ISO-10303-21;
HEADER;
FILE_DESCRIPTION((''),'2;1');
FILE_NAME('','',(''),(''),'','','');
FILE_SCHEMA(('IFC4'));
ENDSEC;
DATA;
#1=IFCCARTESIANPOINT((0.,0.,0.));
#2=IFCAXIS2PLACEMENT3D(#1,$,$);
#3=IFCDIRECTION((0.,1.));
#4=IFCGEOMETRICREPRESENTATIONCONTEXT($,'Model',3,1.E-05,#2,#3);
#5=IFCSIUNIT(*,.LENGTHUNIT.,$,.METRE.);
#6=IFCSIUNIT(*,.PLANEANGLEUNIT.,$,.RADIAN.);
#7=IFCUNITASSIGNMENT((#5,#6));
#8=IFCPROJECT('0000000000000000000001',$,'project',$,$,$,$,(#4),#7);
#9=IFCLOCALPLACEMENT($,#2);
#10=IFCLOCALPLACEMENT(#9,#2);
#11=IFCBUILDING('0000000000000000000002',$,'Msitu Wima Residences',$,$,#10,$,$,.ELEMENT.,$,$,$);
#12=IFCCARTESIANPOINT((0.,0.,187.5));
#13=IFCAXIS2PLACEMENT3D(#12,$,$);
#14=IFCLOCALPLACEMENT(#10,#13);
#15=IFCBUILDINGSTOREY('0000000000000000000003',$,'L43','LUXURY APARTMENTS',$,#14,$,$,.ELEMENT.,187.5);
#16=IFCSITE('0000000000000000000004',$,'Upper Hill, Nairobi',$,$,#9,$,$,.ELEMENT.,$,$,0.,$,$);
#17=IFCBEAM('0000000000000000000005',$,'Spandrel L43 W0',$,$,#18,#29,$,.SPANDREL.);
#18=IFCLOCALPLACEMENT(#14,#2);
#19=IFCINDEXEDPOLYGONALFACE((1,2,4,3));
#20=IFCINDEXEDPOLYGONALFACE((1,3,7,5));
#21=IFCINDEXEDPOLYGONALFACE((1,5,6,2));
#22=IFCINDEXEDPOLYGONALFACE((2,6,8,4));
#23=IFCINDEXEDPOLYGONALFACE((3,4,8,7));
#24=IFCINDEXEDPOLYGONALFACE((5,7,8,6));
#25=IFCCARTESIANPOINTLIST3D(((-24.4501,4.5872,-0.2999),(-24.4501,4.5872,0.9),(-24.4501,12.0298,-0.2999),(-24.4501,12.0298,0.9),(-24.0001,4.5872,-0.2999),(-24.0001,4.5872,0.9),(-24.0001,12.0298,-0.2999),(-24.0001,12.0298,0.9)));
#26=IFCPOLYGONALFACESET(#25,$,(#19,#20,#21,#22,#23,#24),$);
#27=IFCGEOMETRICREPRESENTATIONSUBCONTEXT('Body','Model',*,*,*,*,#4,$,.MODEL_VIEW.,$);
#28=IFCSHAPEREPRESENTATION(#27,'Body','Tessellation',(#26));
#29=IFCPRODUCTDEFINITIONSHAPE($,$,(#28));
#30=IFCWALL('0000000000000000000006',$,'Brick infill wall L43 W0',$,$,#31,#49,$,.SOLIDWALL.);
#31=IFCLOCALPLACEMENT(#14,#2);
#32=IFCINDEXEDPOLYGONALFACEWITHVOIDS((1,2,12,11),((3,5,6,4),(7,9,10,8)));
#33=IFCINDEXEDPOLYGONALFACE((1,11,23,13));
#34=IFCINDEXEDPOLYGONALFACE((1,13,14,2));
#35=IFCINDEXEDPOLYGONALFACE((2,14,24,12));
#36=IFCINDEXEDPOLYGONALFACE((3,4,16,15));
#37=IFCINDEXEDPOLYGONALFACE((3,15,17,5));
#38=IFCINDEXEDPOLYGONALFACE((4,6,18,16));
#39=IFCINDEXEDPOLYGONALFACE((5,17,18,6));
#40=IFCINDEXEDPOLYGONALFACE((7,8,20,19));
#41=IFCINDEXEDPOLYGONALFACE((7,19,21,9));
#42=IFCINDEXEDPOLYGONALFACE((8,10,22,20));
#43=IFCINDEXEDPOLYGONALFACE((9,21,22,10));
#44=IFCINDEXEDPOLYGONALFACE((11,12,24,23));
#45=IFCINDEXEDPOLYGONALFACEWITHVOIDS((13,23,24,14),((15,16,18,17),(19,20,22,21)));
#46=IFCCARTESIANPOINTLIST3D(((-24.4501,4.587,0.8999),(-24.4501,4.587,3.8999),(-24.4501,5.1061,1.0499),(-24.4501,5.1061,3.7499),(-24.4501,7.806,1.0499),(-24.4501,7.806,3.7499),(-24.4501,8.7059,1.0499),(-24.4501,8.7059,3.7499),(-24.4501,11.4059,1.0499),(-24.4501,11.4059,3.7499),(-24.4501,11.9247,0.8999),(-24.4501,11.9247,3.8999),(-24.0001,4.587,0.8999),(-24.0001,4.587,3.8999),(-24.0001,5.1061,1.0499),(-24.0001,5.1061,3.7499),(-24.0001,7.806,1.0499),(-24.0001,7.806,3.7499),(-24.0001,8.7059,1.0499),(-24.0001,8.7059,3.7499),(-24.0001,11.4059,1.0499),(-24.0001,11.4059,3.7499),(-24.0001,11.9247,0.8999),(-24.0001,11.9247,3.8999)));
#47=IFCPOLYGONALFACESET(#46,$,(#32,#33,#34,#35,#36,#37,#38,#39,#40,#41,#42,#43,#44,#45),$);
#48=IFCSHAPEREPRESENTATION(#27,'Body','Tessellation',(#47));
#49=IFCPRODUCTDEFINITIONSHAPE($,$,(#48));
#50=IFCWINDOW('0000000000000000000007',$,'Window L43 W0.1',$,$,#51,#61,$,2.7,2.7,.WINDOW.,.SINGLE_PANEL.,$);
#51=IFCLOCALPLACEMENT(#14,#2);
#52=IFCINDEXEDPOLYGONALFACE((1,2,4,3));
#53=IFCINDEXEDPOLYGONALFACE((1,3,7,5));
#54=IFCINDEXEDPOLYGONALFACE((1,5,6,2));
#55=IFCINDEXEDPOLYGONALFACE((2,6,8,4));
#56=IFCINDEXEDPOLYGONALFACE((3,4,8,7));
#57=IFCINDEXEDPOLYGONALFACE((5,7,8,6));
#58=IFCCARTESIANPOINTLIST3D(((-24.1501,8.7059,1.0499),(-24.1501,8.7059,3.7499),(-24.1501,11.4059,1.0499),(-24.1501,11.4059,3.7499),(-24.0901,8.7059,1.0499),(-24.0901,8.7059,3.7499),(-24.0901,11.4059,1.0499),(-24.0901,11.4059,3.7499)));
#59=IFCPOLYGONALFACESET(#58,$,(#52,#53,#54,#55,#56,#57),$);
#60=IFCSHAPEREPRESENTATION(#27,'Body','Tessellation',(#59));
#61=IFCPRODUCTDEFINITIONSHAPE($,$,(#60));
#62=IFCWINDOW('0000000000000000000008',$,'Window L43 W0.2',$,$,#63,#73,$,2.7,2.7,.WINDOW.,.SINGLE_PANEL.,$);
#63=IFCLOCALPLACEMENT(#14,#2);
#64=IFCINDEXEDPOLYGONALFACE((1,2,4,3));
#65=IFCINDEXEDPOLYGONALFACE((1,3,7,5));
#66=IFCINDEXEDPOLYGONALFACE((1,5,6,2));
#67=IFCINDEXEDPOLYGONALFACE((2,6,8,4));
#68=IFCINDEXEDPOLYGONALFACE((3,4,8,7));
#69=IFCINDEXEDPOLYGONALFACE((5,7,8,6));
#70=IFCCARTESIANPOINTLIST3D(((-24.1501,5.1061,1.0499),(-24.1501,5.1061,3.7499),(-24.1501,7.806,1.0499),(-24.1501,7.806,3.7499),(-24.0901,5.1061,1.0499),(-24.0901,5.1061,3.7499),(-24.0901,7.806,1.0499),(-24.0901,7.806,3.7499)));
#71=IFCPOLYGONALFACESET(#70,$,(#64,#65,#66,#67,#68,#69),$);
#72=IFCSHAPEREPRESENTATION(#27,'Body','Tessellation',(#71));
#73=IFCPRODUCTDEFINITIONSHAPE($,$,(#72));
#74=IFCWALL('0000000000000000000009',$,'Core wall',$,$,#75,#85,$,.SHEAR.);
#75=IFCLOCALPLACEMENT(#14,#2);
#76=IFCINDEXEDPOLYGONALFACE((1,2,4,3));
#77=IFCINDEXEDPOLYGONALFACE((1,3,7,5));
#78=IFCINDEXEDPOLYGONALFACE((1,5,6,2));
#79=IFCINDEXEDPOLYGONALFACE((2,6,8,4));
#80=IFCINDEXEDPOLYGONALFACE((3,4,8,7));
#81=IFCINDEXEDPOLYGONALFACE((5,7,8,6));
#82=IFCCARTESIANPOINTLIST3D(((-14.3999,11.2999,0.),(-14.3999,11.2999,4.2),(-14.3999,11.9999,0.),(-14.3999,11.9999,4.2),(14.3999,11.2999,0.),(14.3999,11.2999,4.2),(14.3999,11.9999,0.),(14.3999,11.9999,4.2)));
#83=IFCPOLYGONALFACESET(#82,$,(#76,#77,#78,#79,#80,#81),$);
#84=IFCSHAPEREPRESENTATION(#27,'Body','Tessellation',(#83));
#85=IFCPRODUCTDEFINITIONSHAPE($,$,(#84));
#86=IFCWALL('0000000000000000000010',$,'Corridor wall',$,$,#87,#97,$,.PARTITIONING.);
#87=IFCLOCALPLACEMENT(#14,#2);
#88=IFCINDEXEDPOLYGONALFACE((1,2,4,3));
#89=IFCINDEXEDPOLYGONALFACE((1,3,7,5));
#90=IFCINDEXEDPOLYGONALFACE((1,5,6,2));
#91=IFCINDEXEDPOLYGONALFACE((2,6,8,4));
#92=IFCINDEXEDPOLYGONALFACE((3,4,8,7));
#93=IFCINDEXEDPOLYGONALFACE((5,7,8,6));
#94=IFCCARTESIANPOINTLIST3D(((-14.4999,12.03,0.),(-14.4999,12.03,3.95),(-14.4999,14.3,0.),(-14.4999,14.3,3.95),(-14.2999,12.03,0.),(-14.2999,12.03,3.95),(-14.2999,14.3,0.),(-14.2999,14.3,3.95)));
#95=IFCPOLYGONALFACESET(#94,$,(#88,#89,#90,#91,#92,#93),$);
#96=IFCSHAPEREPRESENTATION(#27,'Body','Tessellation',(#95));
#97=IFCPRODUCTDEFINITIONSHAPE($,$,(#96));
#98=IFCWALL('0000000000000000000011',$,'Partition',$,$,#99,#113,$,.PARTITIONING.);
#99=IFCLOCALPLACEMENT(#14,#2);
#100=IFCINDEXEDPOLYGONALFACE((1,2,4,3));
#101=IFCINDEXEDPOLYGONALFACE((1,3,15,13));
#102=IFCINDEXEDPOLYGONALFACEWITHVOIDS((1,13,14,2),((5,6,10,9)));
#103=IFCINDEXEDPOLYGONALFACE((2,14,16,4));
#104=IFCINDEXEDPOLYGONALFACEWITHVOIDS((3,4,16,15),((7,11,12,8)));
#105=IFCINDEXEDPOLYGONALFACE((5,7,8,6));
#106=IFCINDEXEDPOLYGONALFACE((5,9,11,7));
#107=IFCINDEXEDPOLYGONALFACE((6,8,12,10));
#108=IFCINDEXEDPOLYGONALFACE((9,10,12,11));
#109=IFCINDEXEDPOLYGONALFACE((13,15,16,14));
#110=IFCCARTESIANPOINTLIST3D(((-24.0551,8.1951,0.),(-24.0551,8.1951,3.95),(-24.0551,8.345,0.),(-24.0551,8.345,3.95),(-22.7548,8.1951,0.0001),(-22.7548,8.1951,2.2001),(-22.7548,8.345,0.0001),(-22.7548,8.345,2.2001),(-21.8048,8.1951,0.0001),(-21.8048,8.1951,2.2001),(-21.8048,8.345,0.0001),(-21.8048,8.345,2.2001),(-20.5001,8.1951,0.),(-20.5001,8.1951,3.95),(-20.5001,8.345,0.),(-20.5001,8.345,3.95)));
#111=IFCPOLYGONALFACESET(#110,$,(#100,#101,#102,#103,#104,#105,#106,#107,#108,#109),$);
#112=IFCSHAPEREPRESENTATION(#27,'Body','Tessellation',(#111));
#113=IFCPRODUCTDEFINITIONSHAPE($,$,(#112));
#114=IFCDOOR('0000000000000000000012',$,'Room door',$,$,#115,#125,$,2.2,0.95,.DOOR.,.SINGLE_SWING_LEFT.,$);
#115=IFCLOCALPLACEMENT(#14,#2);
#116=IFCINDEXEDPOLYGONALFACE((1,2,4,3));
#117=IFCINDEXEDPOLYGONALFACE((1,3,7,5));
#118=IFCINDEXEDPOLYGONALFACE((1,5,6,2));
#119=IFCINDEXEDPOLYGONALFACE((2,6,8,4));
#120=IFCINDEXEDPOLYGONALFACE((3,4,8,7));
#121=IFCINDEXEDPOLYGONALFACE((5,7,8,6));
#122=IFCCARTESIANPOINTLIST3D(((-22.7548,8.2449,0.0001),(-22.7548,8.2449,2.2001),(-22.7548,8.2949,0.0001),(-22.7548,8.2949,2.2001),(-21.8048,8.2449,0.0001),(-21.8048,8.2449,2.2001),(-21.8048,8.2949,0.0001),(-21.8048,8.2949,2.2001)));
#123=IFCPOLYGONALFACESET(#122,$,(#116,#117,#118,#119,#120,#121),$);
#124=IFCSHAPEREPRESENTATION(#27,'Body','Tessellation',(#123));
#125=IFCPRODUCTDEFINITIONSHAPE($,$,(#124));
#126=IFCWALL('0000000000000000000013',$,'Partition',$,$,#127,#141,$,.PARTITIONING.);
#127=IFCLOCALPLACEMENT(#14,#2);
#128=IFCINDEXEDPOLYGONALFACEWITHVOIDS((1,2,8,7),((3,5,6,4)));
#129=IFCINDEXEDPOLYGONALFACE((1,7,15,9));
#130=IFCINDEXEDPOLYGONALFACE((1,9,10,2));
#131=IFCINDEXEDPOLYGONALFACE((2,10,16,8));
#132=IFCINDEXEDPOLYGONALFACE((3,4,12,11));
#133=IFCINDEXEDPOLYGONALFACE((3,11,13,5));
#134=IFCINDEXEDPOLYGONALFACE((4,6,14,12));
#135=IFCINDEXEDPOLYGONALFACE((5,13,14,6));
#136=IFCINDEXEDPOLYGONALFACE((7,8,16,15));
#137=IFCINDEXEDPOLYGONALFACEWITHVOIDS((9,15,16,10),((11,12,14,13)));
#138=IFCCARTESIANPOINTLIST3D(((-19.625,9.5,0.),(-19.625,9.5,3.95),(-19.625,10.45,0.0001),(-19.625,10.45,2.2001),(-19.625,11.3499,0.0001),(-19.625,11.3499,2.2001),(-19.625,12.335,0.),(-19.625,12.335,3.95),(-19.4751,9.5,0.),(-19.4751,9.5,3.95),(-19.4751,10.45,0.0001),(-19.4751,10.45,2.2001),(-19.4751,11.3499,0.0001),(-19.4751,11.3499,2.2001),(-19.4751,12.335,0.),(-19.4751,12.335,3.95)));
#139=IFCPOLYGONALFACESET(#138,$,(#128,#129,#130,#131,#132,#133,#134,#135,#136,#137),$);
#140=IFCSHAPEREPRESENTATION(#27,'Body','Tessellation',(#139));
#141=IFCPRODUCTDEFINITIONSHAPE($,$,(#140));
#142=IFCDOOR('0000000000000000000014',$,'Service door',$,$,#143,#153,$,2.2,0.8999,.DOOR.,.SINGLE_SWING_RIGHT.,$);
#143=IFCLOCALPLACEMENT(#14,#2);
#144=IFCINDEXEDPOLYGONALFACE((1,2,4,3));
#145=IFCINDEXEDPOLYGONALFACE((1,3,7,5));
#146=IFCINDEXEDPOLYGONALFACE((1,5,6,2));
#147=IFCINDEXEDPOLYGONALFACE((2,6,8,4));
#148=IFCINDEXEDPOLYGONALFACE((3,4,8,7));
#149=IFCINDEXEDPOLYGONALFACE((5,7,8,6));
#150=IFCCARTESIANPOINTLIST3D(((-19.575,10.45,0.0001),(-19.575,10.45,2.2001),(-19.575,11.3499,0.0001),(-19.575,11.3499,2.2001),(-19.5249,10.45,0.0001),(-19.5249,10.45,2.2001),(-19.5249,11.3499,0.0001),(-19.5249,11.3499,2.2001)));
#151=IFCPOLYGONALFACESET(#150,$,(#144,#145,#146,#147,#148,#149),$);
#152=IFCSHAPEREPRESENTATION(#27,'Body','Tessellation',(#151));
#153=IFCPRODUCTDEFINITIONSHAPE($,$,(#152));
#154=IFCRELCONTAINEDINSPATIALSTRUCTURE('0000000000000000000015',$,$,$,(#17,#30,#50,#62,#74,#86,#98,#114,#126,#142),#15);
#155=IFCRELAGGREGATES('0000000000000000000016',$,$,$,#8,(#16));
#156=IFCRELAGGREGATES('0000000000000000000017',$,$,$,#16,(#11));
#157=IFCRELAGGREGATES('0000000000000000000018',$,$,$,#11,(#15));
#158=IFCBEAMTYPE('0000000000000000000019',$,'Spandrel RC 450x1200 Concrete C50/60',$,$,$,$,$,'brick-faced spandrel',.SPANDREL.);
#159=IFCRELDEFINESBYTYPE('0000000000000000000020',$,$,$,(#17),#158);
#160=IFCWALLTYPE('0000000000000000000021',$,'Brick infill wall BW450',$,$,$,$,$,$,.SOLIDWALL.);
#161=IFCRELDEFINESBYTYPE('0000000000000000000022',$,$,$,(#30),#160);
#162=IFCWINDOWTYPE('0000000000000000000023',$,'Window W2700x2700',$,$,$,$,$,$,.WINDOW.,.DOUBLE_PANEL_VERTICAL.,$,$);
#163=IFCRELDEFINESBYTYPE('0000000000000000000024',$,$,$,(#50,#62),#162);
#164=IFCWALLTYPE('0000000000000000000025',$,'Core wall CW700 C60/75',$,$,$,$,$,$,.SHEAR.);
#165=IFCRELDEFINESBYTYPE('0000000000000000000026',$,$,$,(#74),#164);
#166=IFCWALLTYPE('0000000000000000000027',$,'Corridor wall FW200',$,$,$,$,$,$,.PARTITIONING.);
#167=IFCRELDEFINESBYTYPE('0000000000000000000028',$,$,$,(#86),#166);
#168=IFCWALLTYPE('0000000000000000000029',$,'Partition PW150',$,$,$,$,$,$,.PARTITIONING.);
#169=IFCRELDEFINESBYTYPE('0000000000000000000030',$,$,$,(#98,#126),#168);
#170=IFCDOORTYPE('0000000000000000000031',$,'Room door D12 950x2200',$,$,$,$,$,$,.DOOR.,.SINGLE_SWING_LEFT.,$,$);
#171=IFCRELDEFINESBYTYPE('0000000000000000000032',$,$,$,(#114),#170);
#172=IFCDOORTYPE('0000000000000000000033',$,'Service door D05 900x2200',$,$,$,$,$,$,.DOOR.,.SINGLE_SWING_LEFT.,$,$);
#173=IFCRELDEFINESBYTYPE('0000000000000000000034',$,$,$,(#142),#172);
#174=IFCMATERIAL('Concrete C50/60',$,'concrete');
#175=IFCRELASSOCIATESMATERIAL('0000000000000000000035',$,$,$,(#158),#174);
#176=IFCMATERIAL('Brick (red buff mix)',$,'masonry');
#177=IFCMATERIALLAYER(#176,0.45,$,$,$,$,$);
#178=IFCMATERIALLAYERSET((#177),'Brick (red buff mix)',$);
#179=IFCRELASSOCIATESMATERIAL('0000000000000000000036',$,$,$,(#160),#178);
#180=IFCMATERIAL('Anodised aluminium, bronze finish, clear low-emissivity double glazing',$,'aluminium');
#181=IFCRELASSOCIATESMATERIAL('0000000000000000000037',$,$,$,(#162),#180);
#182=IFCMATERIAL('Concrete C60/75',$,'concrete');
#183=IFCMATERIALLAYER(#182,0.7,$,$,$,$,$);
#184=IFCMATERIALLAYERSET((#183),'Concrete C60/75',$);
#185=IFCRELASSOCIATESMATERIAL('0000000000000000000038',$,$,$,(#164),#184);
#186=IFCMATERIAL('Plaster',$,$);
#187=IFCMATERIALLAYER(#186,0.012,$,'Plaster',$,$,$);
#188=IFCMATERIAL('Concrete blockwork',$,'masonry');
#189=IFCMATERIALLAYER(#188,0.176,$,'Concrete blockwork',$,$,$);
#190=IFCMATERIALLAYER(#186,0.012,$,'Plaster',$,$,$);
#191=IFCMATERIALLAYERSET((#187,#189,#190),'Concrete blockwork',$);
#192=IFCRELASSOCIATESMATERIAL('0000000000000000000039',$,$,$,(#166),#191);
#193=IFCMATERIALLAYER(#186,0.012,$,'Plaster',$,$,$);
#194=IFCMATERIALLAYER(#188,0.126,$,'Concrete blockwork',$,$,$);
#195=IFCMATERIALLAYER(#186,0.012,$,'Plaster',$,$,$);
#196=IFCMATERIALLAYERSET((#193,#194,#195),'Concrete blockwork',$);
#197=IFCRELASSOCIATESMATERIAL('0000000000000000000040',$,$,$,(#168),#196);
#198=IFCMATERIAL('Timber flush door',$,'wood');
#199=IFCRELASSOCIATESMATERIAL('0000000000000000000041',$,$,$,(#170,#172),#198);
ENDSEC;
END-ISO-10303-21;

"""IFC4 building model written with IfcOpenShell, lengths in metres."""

from ifc_helpers import new_model, si_unit, direction, frame, frame_2d, origin, origin_2d, place, context, subcontext, project, spatial, rectangle, extrude, material, layer, layer_set, material_profile, profile_set, type_object, element, fill, save


model = new_model("IFC4")

# Units and contexts
model_context = context("Model", 3, precision=1e-05, world=origin(), true_north=direction((0.0, 1.0)))
body_context = subcontext(model_context, "Body", "Model", "MODEL_VIEW")
ifc_project = project(units=[si_unit("LENGTHUNIT", "METRE"), si_unit("PLANEANGLEUNIT", "RADIAN")], contexts=[model_context])

# Site, building, storey
site_placement = place(None, origin())
site = spatial("IfcSite", under=ifc_project, at=site_placement, Name="Upper Hill, Nairobi", CompositionType="ELEMENT", RefElevation=0.0)
building_placement = place(site_placement, origin())
building = spatial("IfcBuilding", under=site, at=building_placement, Name="Msitu Wima Residences", CompositionType="ELEMENT")
storey_placement = place(building_placement, frame((0.0, 0.0, 187.5)))
storey = spatial("IfcBuildingStorey", under=building, at=storey_placement, Name="L43", Description="LUXURY APARTMENTS", CompositionType="ELEMENT", Elevation=187.5)

# Beam
ifc_material_1 = material(Name="Concrete C50/60", Category="concrete")
ifc_material_profile = material_profile(ifc_material_1, rectangle(XDim=0.45, YDim=1.2, at=origin_2d()), Name="RC 450x1200")
ifc_profile_set = profile_set([ifc_material_profile], Name="Concrete C50/60")
beam_type = type_object("IfcBeamType", Name="Spandrel RC 450x1200 Concrete C50/60", ElementType="brick-faced spandrel", PredefinedType="SPANDREL", material=ifc_profile_set)
beam_placement = place(storey_placement, frame((-24.2251, 12.0298, 0.3), z_axis=(0.0, -1.0, 0.0), x_axis=(1.0, 0.0, 0.0)))
element("IfcBeam", 1, at=beam_placement, inside=storey, type_object=beam_type, Name="Spandrel L43 W0", PredefinedType="SPANDREL", context=body_context, shape_type="SweptSolid", body=[
    extrude(rectangle(XDim=0.45, YDim=1.2, at=origin_2d()), origin(), (0.0, 0.0, 1.0), 7.4426),
])

# Wall, openings, windows
ifc_material_2 = material(Name="Brick (red buff mix)", Category="masonry")
ifc_layer_1 = layer(ifc_material_2, 0.45)
ifc_layer_set_1 = layer_set([ifc_layer_1], Name="Brick (red buff mix)")
wall_type_1 = type_object("IfcWallType", Name="Brick infill wall BW450", PredefinedType="SOLIDWALL", material=ifc_layer_set_1)
wall_1_placement = place(storey_placement, frame((-24.2251, 11.9248, 0.8999), z_axis=(0.0, 0.0, 1.0), x_axis=(0.0, -1.0, 0.0)))
wall_1 = element("IfcWall", 2, at=wall_1_placement, inside=storey, type_object=wall_type_1, Name="Brick infill wall L43 W0", PredefinedType="SOLIDWALL", context=body_context, shape_type="SweptSolid", body=[
    extrude(rectangle(XDim=7.3376, YDim=0.45, at=frame_2d((3.6689, 0.0))), origin(), (0.0, 0.0, 1.0), 3.0),
])
opening_1_placement = place(wall_1_placement, frame((0.5188, 0.0, 0.1499)))
opening_1 = element("IfcOpeningElement", 3, at=opening_1_placement, cuts=wall_1, PredefinedType="OPENING", context=body_context, shape_type="SweptSolid", body=[
    extrude(rectangle(XDim=2.7, YDim=2.7, at=frame_2d((1.3501, 1.3501))), frame((0.0, 0.2349, 0.0), z_axis=(0.0, -1.0, 0.0), x_axis=(1.0, 0.0, 0.0)), (0.0, 0.0, 1.0), 0.47),
])
opening_2_placement = place(wall_1_placement, frame((4.1187, 0.0, 0.1499)))
opening_2 = element("IfcOpeningElement", 4, at=opening_2_placement, cuts=wall_1, PredefinedType="OPENING", context=body_context, shape_type="SweptSolid", body=[
    extrude(rectangle(XDim=2.7, YDim=2.7, at=frame_2d((1.3501, 1.3501))), frame((0.0, 0.2349, 0.0), z_axis=(0.0, -1.0, 0.0), x_axis=(1.0, 0.0, 0.0)), (0.0, 0.0, 1.0), 0.47),
])
ifc_material_3 = material(Name="Anodised aluminium, bronze finish, clear low-emissivity double glazing", Category="aluminium")
window_type = type_object("IfcWindowType", Name="Window W2700x2700", PartitioningType="DOUBLE_PANEL_VERTICAL", PredefinedType="WINDOW", material=ifc_material_3)
window_1_placement = place(opening_1_placement, origin())
window_1 = element("IfcWindow", 5, at=window_1_placement, inside=storey, type_object=window_type, Name="Window L43 W0.1", OverallHeight=2.7, OverallWidth=2.7, PartitioningType="SINGLE_PANEL", PredefinedType="WINDOW", context=body_context, shape_type="SweptSolid", body=[
    extrude(rectangle(XDim=2.7, YDim=2.7, at=frame_2d((1.3501, 1.3501))), frame((0.0, 0.135, 0.0), z_axis=(0.0, -1.0, 0.0), x_axis=(1.0, 0.0, 0.0)), (0.0, 0.0, 1.0), 0.0601),
])
fill(opening_1, window_1)
window_2_placement = place(opening_2_placement, origin())
window_2 = element("IfcWindow", 6, at=window_2_placement, inside=storey, type_object=window_type, Name="Window L43 W0.2", OverallHeight=2.7, OverallWidth=2.7, PartitioningType="SINGLE_PANEL", PredefinedType="WINDOW", context=body_context, shape_type="SweptSolid", body=[
    extrude(rectangle(XDim=2.7, YDim=2.7, at=frame_2d((1.3501, 1.3501))), frame((0.0, 0.135, 0.0), z_axis=(0.0, -1.0, 0.0), x_axis=(1.0, 0.0, 0.0)), (0.0, 0.0, 1.0), 0.0601),
])
fill(opening_2, window_2)

# Walls
ifc_material_4 = material(Name="Concrete C60/75", Category="concrete")
ifc_layer_2 = layer(ifc_material_4, 0.7)
ifc_layer_set_2 = layer_set([ifc_layer_2], Name="Concrete C60/75")
wall_type_2 = type_object("IfcWallType", Name="Core wall CW700 C60/75", PredefinedType="SHEAR", material=ifc_layer_set_2)
wall_2_placement = place(storey_placement, frame((-14.3999, 11.6499, 0.0), z_axis=(0.0, 0.0, 1.0), x_axis=(1.0, 0.0, 0.0)))
element("IfcWall", 7, at=wall_2_placement, inside=storey, type_object=wall_type_2, Name="Core wall", PredefinedType="SHEAR", context=body_context, shape_type="SweptSolid", body=[
    extrude(rectangle(XDim=28.7998, YDim=0.7, at=frame_2d((14.3999, 0.0))), origin(), (0.0, 0.0, 1.0), 4.2),
])
ifc_material_5 = material(Name="Plaster")
ifc_layer_3 = layer(ifc_material_5, 0.012, Name="Plaster")
ifc_material_6 = material(Name="Concrete blockwork", Category="masonry")
ifc_layer_4 = layer(ifc_material_6, 0.176, Name="Concrete blockwork")
ifc_layer_5 = layer(ifc_material_5, 0.012, Name="Plaster")
ifc_layer_set_3 = layer_set([ifc_layer_3, ifc_layer_4, ifc_layer_5], Name="Concrete blockwork")
wall_type_3 = type_object("IfcWallType", Name="Corridor wall FW200", PredefinedType="PARTITIONING", material=ifc_layer_set_3)
wall_3_placement = place(storey_placement, frame((-14.3999, 12.03, 0.0), z_axis=(0.0, 0.0, 1.0), x_axis=(0.0, 1.0, 0.0)))
element("IfcWall", 8, at=wall_3_placement, inside=storey, type_object=wall_type_3, Name="Corridor wall", PredefinedType="PARTITIONING", context=body_context, shape_type="SweptSolid", body=[
    extrude(rectangle(XDim=2.27, YDim=0.2, at=frame_2d((1.135, 0.0))), origin(), (0.0, 0.0, 1.0), 3.95),
])

# Walls, openings, doors
ifc_layer_6 = layer(ifc_material_5, 0.012, Name="Plaster")
ifc_layer_7 = layer(ifc_material_6, 0.126, Name="Concrete blockwork")
ifc_layer_8 = layer(ifc_material_5, 0.012, Name="Plaster")
ifc_layer_set_4 = layer_set([ifc_layer_6, ifc_layer_7, ifc_layer_8], Name="Concrete blockwork")
wall_type_4 = type_object("IfcWallType", Name="Partition PW150", PredefinedType="PARTITIONING", material=ifc_layer_set_4)
wall_4_placement = place(storey_placement, frame((-24.0549, 8.27, 0.0), z_axis=(0.0, 0.0, 1.0), x_axis=(1.0, 0.0, 0.0)))
wall_4 = element("IfcWall", 9, at=wall_4_placement, inside=storey, type_object=wall_type_4, Name="Partition", PredefinedType="PARTITIONING", context=body_context, shape_type="SweptSolid", body=[
    extrude(rectangle(XDim=3.5549, YDim=0.1499, at=frame_2d((1.7773, 0.0))), origin(), (0.0, 0.0, 1.0), 3.95),
])
opening_3_placement = place(wall_4_placement, frame((1.3, 0.0, 0.0)))
opening_3 = element("IfcOpeningElement", 10, at=opening_3_placement, cuts=wall_4, PredefinedType="OPENING", context=body_context, shape_type="SweptSolid", body=[
    extrude(rectangle(XDim=0.95, YDim=2.2, at=frame_2d((0.4751, 1.1001))), frame((0.0, 0.085, 0.0), z_axis=(0.0, -1.0, 0.0), x_axis=(1.0, 0.0, 0.0)), (0.0, 0.0, 1.0), 0.1699),
])
ifc_material_7 = material(Name="Timber flush door", Category="wood")
door_type_1 = type_object("IfcDoorType", Name="Room door D12 950x2200", OperationType="SINGLE_SWING_LEFT", PredefinedType="DOOR", material=ifc_material_7)
door_1_placement = place(opening_3_placement, origin())
door_1 = element("IfcDoor", 11, at=door_1_placement, inside=storey, type_object=door_type_1, Name="Room door", OperationType="SINGLE_SWING_LEFT", OverallHeight=2.2, OverallWidth=0.95, PredefinedType="DOOR", context=body_context, shape_type="SweptSolid", body=[
    extrude(rectangle(XDim=0.95, YDim=2.2, at=frame_2d((0.4751, 1.1001))), frame((0.0, 0.0249, 0.0), z_axis=(0.0, -1.0, 0.0), x_axis=(1.0, 0.0, 0.0)), (0.0, 0.0, 1.0), 0.05),
])
fill(opening_3, door_1)
wall_5_placement = place(storey_placement, frame((-19.55, 9.5, 0.0), z_axis=(0.0, 0.0, 1.0), x_axis=(0.0, 1.0, 0.0)))
wall_5 = element("IfcWall", 12, at=wall_5_placement, inside=storey, type_object=wall_type_4, Name="Partition", PredefinedType="PARTITIONING", context=body_context, shape_type="SweptSolid", body=[
    extrude(rectangle(XDim=2.835, YDim=0.1499, at=frame_2d((1.4175, 0.0))), origin(), (0.0, 0.0, 1.0), 3.95),
])
opening_4_placement = place(wall_5_placement, frame((0.95, 0.0, 0.0)))
opening_4 = element("IfcOpeningElement", 13, at=opening_4_placement, cuts=wall_5, PredefinedType="OPENING", context=body_context, shape_type="SweptSolid", body=[
    extrude(rectangle(XDim=0.8999, YDim=2.2, at=frame_2d((0.45, 1.1001))), frame((0.0, 0.085, 0.0), z_axis=(0.0, -1.0, 0.0), x_axis=(1.0, 0.0, 0.0)), (0.0, 0.0, 1.0), 0.1699),
])
door_type_2 = type_object("IfcDoorType", Name="Service door D05 900x2200", OperationType="SINGLE_SWING_LEFT", PredefinedType="DOOR", material=ifc_material_7)
door_2_placement = place(opening_4_placement, origin())
door_2 = element("IfcDoor", 14, at=door_2_placement, inside=storey, type_object=door_type_2, Name="Service door", OperationType="SINGLE_SWING_RIGHT", OverallHeight=2.2, OverallWidth=0.8999, PredefinedType="DOOR", context=body_context, shape_type="SweptSolid", body=[
    extrude(rectangle(XDim=0.8999, YDim=2.2, at=frame_2d((0.45, 1.1001))), frame((0.0, 0.0249, 0.0), z_axis=(0.0, -1.0, 0.0), x_axis=(1.0, 0.0, 0.0)), (0.0, 0.0, 1.0), 0.05),
])
fill(opening_4, door_2)

save(model, "model.ifc")
